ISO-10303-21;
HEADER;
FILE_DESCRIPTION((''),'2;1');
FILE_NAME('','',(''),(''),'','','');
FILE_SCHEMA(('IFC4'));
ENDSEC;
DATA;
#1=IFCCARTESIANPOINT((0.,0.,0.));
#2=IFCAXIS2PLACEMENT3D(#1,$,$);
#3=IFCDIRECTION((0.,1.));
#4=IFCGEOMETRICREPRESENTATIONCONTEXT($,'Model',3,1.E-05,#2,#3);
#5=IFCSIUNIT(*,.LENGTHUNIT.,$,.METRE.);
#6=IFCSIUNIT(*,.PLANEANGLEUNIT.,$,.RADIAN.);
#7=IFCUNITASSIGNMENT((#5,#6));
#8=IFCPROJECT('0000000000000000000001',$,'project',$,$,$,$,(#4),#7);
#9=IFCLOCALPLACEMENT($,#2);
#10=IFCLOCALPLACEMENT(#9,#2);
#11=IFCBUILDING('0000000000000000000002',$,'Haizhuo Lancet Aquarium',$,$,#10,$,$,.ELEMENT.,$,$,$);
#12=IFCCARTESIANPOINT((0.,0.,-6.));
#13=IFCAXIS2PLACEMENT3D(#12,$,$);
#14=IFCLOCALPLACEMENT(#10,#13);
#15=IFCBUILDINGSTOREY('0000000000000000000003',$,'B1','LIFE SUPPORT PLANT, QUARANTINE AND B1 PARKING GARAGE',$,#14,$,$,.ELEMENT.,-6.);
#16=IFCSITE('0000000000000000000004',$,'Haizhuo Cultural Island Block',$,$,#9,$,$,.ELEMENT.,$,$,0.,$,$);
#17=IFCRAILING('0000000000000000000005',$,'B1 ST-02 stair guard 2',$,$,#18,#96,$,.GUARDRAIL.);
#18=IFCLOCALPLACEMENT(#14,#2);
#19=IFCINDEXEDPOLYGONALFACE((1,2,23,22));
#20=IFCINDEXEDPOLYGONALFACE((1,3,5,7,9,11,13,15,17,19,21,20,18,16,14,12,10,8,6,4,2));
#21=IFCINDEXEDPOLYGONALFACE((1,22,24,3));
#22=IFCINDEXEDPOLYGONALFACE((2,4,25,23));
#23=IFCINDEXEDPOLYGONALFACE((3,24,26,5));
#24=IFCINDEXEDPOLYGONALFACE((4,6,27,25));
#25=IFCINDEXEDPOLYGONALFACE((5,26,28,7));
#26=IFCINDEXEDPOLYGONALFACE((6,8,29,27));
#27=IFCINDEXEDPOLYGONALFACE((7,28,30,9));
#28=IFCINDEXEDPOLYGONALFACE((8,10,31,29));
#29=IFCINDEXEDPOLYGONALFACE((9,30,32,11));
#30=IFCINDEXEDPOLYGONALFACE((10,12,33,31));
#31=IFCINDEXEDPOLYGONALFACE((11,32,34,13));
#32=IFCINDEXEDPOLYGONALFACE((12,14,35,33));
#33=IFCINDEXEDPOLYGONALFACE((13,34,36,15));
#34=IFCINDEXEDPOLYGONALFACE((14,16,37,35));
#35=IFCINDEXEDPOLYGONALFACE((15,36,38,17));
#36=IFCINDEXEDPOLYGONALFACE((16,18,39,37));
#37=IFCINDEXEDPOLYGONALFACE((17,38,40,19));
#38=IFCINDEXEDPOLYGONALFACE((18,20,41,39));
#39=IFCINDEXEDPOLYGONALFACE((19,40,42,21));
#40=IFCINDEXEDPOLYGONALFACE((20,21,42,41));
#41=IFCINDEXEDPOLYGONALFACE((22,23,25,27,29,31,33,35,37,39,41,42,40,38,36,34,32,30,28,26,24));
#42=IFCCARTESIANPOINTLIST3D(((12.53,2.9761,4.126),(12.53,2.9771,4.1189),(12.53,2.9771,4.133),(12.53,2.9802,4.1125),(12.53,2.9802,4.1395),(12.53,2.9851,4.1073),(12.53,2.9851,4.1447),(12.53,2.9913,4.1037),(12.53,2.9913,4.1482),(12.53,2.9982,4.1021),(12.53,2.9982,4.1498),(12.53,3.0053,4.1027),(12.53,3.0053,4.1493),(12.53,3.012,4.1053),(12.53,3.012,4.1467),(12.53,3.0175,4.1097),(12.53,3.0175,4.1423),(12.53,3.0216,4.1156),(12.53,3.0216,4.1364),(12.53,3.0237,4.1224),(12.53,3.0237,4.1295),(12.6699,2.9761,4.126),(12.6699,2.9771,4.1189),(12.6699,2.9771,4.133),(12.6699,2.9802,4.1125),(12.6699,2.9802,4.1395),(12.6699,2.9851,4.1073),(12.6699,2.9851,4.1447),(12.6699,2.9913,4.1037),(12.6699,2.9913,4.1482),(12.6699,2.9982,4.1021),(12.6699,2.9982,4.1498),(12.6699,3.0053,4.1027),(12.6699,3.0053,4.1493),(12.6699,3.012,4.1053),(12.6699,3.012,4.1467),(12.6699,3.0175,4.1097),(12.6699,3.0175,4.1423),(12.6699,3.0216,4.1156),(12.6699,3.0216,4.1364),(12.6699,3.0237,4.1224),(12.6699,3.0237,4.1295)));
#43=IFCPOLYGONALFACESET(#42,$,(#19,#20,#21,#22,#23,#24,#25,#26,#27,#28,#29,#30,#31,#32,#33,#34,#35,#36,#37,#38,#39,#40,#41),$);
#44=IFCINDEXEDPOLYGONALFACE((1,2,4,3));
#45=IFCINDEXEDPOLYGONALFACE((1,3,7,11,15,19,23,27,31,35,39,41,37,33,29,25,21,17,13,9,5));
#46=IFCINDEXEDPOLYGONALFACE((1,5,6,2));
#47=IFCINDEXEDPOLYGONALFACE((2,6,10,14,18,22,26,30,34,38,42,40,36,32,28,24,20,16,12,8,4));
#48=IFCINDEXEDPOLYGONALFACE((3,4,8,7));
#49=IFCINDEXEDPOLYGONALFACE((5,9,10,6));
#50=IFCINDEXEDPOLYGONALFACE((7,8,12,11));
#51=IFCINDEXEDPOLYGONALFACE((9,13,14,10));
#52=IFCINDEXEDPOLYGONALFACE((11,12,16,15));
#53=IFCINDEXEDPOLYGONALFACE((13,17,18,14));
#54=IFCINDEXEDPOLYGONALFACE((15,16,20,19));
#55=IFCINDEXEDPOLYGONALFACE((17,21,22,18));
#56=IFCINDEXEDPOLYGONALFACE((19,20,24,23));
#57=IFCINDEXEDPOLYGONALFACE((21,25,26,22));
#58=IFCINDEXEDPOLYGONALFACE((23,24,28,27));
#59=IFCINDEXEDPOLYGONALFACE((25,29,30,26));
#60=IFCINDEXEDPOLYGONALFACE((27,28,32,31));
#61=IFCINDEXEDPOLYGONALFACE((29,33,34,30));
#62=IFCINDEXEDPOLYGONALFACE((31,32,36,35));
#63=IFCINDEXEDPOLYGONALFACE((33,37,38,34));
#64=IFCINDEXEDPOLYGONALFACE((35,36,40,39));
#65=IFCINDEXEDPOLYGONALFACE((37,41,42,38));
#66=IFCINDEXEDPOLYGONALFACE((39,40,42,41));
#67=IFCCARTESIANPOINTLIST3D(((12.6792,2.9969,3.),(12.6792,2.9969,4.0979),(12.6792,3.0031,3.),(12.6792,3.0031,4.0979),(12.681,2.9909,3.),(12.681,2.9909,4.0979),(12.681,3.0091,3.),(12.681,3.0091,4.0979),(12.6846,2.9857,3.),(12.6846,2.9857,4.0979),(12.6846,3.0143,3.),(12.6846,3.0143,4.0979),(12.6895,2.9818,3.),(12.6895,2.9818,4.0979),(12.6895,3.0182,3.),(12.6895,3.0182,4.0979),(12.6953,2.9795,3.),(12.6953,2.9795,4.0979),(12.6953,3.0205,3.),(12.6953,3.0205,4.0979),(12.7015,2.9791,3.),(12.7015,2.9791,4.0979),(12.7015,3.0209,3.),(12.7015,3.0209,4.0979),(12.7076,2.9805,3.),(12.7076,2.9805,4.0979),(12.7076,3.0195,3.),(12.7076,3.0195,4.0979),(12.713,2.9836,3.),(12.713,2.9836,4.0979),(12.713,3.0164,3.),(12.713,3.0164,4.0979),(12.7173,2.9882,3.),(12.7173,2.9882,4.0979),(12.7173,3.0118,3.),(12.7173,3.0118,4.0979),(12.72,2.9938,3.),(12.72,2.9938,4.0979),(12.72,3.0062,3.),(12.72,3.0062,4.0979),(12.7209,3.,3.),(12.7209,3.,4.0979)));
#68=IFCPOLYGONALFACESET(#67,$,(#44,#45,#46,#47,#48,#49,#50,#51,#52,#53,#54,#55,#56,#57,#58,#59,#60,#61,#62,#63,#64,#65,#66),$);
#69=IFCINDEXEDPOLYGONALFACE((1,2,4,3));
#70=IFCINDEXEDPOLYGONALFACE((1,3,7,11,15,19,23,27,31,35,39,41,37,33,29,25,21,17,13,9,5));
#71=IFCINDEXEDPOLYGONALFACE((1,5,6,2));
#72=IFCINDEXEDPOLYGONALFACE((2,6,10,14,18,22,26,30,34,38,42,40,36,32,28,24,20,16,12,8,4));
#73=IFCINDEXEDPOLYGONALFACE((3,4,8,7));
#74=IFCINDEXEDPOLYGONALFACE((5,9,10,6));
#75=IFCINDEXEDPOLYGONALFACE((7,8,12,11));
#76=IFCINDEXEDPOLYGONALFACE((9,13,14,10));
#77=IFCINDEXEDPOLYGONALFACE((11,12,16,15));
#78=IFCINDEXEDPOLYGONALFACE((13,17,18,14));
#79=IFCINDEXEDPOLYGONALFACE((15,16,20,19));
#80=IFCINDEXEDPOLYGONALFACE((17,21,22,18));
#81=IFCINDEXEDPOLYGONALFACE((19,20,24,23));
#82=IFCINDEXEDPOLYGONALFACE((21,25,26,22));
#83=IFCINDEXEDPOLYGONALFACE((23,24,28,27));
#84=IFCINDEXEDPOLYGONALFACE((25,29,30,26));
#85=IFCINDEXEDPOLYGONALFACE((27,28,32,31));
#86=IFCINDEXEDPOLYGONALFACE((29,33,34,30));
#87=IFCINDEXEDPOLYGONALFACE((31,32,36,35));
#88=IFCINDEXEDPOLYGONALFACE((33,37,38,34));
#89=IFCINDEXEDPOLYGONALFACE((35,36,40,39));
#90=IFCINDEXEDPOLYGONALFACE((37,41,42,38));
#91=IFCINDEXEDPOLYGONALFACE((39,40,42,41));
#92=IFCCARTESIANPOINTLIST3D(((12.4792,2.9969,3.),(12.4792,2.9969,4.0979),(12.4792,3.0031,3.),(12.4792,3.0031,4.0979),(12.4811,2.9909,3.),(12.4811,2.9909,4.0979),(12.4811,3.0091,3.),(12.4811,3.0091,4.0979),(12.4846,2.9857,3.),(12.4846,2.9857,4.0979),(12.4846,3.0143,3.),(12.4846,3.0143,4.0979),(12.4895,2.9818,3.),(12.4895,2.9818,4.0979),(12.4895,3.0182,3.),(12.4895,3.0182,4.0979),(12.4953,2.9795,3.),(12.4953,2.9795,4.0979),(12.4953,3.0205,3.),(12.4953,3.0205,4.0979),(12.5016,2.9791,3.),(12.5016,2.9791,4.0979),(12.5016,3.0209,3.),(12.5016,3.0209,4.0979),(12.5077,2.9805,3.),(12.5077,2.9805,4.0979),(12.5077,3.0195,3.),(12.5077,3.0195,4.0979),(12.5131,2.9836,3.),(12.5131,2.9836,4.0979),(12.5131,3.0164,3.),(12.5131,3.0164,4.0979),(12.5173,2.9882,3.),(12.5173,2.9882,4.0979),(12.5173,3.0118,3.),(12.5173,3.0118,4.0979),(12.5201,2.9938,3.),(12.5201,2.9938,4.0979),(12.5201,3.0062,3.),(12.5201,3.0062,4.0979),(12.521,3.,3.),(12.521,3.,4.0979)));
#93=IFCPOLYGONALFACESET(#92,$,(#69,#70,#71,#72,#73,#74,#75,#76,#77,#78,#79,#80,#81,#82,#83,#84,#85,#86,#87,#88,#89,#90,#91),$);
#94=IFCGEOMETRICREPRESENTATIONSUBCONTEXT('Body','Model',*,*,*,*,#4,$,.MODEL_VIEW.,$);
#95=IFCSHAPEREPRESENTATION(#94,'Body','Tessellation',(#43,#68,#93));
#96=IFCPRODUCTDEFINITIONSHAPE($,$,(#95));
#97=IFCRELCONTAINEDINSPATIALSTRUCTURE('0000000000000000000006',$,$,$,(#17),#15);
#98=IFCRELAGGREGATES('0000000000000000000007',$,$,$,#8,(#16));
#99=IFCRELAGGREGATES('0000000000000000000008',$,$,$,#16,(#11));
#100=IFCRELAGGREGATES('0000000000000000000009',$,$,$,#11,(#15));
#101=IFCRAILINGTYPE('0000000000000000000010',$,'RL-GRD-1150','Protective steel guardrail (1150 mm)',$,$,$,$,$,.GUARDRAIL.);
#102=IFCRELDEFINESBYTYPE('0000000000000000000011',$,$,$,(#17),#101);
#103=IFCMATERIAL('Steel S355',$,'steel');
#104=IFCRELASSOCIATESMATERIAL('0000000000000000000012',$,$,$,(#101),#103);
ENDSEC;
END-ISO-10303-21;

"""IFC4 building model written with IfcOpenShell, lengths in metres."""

from ifc_helpers import new_model, si_unit, direction, frame, origin, origin_2d, place, context, subcontext, project, spatial, circle, extrude, material, type_object, element, save


model = new_model("IFC4")

# Units and contexts
model_context = context("Model", 3, precision=1e-05, world=origin(), true_north=direction((0.0, 1.0)))
body_context = subcontext(model_context, "Body", "Model", "MODEL_VIEW")
ifc_project = project(units=[si_unit("LENGTHUNIT", "METRE"), si_unit("PLANEANGLEUNIT", "RADIAN")], contexts=[model_context])

# Site, building, storey
site_placement = place(None, origin())
site = spatial("IfcSite", under=ifc_project, at=site_placement, Name="Haizhuo Cultural Island Block", CompositionType="ELEMENT", RefElevation=0.0)
building_placement = place(site_placement, origin())
building = spatial("IfcBuilding", under=site, at=building_placement, Name="Haizhuo Lancet Aquarium", CompositionType="ELEMENT")
storey_placement = place(building_placement, frame((0.0, 0.0, -6.0)))
storey = spatial("IfcBuildingStorey", under=building, at=storey_placement, Name="B1", Description="LIFE SUPPORT PLANT, QUARANTINE AND B1 PARKING GARAGE", CompositionType="ELEMENT", Elevation=-6.0)

# Shared definitions
ifc_material_1 = material(Name="Steel S355", Category="steel")

# Railing
railing_type_1 = type_object("IfcRailingType", Name="RL-GRD-1150", Description="Protective steel guardrail (1150 mm)", PredefinedType="GUARDRAIL", material=ifc_material_1)
railing_1_placement = place(storey_placement, frame((12.7, 3.0, 3.0)))
element("IfcRailing", 1, at=railing_1_placement, inside=storey, type_object=railing_type_1, Name="B1 ST-02 stair guard 2", PredefinedType="GUARDRAIL", context=body_context, shape_type="SweptSolid", body=[
    extrude(circle(Radius=0.0239, at=origin_2d()), frame((-0.03, 0.0, 1.126), z_axis=(-1.0, 0.0, 0.0), x_axis=(0.0, -1.0, 0.0)), (0.0, 0.0, 1.0), 0.1399),
    extrude(circle(Radius=0.021, at=origin_2d()), origin(), (0.0, 0.0, 1.0), 1.0979),
    extrude(circle(Radius=0.021, at=origin_2d()), frame((-0.2, 0.0, 0.0)), (0.0, 0.0, 1.0), 1.0979),
])

save(model, "model.ifc")
